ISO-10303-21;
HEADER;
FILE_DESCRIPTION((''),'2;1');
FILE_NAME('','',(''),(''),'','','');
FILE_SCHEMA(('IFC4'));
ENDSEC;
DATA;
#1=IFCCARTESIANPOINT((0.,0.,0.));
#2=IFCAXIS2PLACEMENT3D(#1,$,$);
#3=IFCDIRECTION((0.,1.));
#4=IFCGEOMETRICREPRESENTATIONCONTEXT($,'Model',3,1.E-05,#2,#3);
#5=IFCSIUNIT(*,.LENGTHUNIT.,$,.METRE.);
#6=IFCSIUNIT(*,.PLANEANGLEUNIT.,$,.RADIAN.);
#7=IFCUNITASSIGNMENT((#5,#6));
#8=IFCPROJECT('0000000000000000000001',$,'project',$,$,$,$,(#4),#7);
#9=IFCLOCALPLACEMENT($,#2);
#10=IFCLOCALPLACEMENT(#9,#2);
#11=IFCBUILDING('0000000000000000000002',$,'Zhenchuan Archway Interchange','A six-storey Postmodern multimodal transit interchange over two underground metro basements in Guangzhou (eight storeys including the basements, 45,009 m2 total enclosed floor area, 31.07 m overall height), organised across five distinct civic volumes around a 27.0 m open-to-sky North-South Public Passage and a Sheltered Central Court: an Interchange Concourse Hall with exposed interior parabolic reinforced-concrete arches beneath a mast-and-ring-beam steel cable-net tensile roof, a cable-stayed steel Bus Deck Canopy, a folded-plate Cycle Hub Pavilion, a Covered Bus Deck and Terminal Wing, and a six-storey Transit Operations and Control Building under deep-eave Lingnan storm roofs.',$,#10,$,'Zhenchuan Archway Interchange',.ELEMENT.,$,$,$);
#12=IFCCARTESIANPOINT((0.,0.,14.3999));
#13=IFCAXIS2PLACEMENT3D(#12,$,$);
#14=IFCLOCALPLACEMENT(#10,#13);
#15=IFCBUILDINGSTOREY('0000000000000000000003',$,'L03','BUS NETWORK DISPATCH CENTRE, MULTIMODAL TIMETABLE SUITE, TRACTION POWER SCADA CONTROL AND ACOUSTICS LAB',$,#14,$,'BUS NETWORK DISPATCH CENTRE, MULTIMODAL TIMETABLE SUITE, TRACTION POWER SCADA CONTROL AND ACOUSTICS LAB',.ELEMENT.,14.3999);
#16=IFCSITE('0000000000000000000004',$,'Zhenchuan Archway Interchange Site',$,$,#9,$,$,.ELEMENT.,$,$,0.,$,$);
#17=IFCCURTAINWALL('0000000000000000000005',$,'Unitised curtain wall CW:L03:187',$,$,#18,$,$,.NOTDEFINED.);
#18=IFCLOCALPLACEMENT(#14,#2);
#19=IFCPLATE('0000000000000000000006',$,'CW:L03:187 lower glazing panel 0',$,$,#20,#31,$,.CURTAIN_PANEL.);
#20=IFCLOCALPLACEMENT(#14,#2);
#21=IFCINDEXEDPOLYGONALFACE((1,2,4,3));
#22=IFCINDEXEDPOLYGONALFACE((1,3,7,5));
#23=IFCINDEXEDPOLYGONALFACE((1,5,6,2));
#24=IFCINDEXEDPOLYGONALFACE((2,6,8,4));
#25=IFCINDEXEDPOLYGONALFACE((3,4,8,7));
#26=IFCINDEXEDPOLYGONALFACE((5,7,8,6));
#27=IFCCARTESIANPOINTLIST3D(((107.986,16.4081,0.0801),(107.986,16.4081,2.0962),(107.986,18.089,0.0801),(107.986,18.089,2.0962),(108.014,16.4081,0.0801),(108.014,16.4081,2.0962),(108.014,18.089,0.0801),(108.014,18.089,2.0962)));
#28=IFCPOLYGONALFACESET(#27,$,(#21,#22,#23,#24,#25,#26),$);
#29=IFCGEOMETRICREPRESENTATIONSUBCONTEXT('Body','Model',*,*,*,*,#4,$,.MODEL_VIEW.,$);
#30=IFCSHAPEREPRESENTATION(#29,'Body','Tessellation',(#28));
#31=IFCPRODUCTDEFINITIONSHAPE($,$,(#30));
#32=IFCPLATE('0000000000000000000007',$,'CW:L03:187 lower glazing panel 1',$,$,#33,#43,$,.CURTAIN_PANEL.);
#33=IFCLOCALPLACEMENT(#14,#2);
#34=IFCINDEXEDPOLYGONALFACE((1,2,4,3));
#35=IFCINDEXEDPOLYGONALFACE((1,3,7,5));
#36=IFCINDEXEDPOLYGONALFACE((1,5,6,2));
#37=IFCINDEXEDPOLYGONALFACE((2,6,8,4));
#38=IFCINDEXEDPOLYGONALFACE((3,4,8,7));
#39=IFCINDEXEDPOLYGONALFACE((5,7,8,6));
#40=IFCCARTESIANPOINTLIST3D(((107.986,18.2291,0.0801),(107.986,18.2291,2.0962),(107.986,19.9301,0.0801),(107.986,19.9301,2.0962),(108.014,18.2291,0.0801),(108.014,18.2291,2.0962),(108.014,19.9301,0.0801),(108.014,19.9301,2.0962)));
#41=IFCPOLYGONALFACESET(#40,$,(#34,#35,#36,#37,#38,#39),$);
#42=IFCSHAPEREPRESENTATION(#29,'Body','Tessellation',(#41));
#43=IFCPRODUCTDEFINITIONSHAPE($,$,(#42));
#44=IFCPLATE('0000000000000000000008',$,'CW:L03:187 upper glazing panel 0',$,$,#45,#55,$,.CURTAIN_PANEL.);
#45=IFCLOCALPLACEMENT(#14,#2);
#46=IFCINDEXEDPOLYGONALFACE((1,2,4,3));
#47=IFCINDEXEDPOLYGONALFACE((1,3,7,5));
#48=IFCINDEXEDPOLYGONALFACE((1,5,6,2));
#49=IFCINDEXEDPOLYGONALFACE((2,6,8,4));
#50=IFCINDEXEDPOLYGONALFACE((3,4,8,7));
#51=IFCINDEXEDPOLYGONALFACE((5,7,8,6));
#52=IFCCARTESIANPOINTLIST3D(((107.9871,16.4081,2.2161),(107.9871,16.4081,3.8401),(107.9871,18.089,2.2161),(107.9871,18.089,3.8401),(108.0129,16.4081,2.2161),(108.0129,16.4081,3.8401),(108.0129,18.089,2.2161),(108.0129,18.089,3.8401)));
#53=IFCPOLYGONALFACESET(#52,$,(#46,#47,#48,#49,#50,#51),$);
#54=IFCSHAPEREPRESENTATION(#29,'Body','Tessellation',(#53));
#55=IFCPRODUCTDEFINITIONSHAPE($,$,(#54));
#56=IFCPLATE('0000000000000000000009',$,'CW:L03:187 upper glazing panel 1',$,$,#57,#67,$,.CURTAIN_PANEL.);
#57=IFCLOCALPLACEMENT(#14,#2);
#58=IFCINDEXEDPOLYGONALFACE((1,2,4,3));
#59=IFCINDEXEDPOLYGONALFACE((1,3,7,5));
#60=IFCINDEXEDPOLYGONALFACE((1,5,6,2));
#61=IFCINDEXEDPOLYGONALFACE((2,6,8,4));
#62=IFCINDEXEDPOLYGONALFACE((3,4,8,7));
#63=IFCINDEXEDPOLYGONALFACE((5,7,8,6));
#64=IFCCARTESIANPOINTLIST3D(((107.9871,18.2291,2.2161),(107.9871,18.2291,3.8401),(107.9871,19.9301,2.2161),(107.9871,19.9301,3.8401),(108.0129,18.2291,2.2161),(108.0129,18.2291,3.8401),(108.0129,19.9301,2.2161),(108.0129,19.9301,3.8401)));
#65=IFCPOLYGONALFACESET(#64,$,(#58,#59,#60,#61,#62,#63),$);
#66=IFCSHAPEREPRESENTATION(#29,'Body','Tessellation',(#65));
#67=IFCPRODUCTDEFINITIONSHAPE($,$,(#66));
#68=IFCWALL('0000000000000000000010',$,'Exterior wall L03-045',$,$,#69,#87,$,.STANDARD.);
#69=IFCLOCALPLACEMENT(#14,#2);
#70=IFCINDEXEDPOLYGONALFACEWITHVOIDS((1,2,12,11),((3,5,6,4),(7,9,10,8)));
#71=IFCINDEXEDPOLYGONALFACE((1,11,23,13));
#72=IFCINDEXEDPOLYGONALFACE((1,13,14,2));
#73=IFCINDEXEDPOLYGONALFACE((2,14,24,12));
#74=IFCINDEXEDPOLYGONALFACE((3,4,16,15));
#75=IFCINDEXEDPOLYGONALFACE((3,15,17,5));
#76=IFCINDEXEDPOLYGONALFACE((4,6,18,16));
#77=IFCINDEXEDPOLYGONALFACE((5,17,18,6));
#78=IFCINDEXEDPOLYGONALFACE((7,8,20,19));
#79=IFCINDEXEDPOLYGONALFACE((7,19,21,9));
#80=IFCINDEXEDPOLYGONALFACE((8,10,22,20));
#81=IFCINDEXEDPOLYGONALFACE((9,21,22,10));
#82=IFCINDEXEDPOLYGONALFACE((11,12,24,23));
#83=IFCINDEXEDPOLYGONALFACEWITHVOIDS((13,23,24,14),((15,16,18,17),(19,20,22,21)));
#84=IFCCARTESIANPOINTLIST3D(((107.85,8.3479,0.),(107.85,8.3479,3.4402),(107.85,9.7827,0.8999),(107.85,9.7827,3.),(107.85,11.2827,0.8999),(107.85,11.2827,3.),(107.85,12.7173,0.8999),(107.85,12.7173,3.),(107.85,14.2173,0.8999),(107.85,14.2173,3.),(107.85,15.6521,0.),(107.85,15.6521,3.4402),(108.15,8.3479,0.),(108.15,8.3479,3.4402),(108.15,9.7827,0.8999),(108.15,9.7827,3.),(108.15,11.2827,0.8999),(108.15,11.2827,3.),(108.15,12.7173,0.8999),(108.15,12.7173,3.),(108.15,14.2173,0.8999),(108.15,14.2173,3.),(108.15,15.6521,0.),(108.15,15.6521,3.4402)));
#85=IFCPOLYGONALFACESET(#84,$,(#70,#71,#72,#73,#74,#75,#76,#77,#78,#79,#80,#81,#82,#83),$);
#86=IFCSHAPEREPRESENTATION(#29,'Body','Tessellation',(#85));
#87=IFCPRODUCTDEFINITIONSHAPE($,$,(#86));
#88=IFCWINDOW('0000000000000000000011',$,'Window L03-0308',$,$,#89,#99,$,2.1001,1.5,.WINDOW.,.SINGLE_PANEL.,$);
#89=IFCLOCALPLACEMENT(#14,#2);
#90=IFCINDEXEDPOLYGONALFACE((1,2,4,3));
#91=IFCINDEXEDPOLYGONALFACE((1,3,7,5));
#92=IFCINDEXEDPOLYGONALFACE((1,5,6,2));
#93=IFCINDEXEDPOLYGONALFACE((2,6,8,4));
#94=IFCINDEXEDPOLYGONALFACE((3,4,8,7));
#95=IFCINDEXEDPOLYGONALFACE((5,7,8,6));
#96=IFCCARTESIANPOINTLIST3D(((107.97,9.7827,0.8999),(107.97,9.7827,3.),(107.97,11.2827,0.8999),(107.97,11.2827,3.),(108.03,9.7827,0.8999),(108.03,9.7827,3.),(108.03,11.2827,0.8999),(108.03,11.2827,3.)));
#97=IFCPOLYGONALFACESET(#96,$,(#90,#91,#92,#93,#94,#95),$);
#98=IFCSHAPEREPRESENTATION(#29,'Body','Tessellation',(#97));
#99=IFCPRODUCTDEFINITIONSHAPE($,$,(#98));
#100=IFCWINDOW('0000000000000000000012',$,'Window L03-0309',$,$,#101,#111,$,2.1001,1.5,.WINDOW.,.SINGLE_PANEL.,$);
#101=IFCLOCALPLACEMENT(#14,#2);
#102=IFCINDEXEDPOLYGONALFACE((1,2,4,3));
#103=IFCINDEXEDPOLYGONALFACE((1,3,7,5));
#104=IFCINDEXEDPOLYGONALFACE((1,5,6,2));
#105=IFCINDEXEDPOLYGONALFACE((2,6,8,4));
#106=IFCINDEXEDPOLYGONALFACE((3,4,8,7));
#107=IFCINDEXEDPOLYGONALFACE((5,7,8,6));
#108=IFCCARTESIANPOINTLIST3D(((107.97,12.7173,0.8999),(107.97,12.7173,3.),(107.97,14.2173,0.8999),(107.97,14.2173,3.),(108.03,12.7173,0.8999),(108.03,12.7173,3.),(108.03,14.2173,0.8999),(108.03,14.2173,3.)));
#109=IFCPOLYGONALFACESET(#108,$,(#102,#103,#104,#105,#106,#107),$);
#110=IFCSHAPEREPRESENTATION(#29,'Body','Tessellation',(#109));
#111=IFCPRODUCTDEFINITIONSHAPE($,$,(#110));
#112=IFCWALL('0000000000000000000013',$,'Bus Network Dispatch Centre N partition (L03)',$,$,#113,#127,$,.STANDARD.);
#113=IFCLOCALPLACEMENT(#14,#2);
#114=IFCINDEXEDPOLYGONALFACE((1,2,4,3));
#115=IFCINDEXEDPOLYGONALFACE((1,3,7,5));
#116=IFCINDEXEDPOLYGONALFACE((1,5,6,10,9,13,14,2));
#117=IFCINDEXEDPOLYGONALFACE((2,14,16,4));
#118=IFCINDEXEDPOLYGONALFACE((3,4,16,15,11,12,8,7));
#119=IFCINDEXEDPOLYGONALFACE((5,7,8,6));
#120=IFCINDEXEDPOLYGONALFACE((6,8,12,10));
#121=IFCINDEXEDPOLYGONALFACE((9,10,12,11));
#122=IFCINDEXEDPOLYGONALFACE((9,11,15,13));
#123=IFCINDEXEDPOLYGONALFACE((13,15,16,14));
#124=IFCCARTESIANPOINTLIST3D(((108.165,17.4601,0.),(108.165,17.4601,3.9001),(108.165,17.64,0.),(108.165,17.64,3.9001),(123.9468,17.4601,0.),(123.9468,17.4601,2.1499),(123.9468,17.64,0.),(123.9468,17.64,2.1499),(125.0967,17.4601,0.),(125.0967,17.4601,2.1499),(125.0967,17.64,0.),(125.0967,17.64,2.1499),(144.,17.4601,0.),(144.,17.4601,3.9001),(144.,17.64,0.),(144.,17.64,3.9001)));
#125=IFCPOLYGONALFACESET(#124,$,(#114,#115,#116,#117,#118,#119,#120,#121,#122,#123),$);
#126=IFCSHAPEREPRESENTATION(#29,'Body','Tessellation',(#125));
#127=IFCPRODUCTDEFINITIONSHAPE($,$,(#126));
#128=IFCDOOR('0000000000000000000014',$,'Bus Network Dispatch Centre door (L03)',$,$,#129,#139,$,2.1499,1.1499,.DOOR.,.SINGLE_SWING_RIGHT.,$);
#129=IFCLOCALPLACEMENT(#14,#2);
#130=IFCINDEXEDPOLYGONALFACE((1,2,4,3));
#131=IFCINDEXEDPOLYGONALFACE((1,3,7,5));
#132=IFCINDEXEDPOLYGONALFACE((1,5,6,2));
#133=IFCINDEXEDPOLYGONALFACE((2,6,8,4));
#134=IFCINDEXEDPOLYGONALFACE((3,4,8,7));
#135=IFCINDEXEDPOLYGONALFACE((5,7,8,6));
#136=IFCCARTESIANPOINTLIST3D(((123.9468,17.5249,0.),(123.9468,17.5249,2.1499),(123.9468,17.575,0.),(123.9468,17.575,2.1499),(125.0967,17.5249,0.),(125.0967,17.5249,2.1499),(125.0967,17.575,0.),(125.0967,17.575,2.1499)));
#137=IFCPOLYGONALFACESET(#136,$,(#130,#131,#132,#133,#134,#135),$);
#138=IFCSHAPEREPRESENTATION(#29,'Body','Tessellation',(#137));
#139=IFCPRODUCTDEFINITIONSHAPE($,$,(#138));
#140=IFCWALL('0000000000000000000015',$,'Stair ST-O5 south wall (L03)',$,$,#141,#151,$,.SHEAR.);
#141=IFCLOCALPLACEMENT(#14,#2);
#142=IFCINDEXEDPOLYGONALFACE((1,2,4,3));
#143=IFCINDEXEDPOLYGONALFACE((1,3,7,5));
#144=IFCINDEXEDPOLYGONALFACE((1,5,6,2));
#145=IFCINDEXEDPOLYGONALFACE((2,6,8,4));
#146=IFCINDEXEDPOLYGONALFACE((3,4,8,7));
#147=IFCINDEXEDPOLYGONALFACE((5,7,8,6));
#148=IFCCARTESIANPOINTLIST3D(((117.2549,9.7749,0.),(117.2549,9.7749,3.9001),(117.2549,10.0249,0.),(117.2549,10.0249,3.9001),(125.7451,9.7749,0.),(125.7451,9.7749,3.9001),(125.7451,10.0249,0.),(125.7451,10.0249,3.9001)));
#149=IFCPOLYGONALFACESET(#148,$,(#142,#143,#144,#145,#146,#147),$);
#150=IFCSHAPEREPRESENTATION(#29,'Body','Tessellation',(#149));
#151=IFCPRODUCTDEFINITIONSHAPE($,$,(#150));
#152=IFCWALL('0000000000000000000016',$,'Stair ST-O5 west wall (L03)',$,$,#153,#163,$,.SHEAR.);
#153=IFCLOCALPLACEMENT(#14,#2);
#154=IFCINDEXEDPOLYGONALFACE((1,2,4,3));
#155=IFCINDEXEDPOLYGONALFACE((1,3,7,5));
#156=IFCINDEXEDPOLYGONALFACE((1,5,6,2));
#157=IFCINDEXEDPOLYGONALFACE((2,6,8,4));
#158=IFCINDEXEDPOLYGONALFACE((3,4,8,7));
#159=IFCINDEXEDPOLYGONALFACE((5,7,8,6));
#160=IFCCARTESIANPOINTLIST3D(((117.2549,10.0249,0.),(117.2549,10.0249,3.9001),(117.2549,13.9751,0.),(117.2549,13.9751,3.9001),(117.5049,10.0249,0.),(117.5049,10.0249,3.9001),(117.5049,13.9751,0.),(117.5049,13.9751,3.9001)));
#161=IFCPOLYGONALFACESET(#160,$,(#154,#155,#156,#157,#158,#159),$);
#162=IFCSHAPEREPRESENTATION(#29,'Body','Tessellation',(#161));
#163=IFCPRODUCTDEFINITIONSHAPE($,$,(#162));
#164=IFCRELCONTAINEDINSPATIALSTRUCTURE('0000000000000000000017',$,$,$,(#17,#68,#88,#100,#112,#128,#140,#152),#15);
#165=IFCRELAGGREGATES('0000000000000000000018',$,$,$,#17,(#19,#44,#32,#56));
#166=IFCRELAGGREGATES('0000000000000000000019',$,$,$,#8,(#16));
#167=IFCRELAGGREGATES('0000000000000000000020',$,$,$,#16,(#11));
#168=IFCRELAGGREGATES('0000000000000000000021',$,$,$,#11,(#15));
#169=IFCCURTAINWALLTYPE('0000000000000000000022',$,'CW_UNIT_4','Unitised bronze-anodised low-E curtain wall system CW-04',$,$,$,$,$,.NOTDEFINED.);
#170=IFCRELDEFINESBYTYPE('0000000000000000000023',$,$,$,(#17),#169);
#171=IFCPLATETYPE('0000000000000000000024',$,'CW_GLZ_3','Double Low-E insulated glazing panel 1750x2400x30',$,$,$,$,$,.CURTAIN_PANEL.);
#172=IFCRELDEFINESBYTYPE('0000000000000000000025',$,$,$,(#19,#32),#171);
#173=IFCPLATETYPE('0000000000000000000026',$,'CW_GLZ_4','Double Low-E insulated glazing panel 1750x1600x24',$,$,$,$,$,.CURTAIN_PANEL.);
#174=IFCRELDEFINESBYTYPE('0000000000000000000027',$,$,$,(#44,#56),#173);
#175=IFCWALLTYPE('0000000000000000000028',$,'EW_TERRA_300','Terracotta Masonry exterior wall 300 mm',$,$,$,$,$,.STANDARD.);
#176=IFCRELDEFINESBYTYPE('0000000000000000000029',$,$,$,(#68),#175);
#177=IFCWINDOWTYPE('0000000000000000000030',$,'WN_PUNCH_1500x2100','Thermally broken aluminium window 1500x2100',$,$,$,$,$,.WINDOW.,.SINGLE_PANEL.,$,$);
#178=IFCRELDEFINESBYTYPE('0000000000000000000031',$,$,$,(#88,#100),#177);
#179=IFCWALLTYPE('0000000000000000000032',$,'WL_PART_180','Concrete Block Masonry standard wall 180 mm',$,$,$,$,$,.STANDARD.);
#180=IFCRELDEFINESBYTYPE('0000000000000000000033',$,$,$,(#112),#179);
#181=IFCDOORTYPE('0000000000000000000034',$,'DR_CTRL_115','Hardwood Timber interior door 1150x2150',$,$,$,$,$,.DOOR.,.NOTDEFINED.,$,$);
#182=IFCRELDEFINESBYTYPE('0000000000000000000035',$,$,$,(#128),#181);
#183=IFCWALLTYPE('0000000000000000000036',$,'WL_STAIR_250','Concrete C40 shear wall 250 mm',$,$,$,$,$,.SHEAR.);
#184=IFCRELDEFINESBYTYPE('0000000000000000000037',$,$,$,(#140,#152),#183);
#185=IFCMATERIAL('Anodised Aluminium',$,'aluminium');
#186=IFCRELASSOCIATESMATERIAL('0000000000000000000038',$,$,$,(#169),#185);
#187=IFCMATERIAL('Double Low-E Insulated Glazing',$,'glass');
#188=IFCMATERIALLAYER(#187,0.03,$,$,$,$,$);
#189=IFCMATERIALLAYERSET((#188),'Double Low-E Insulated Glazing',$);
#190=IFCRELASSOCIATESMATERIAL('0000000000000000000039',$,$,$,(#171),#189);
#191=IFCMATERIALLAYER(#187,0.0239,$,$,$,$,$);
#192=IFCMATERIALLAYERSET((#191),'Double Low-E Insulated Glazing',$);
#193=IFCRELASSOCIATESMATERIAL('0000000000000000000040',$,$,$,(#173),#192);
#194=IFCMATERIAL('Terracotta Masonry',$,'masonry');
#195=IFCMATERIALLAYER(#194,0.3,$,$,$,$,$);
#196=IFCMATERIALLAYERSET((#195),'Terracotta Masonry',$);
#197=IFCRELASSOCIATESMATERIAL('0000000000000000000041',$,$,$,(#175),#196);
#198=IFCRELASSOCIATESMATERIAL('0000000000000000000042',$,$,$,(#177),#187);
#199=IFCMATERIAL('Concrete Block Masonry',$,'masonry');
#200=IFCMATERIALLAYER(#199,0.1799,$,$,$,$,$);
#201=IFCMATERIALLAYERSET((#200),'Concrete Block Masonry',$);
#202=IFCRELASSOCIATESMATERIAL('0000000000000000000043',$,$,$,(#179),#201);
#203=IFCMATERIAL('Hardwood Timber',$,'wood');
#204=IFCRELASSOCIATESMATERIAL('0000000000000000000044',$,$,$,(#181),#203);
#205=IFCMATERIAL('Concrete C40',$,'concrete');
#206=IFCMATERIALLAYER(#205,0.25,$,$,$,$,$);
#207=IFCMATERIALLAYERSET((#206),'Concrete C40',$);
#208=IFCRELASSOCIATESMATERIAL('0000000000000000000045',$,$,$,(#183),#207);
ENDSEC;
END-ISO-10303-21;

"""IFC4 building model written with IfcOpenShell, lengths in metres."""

from ifc_helpers import new_model, si_unit, direction, frame, frame_2d, origin, origin_2d, place, context, subcontext, project, spatial, rectangle, extrude, material, layer, layer_set, type_object, element, fill, aggregate, save


model = new_model("IFC4")

# Units and contexts
model_context = context("Model", 3, precision=1e-05, world=origin(), true_north=direction((0.0, 1.0)))
body_context = subcontext(model_context, "Body", "Model", "MODEL_VIEW")
ifc_project = project(units=[si_unit("LENGTHUNIT", "METRE"), si_unit("PLANEANGLEUNIT", "RADIAN")], contexts=[model_context])

# Site, building, storey
site_placement = place(None, origin())
site = spatial("IfcSite", under=ifc_project, at=site_placement, Name="Zhenchuan Archway Interchange Site", CompositionType="ELEMENT", RefElevation=0.0)
building_placement = place(site_placement, origin())
building = spatial("IfcBuilding", under=site, at=building_placement, Name="Zhenchuan Archway Interchange", Description="A six-storey Postmodern multimodal transit interchange over two underground metro basements in Guangzhou (eight storeys including the basements, 45,009 m2 total enclosed floor area, 31.07 m overall height), organised across five distinct civic volumes around a 27.0 m open-to-sky North-South Public Passage and a Sheltered Central Court: an Interchange Concourse Hall with exposed interior parabolic reinforced-concrete arches beneath a mast-and-ring-beam steel cable-net tensile roof, a cable-stayed steel Bus Deck Canopy, a folded-plate Cycle Hub Pavilion, a Covered Bus Deck and Terminal Wing, and a six-storey Transit Operations and Control Building under deep-eave Lingnan storm roofs.", LongName="Zhenchuan Archway Interchange", CompositionType="ELEMENT")
storey_placement = place(building_placement, frame((0.0, 0.0, 14.3999)))
storey = spatial("IfcBuildingStorey", under=building, at=storey_placement, Name="L03", Description="BUS NETWORK DISPATCH CENTRE, MULTIMODAL TIMETABLE SUITE, TRACTION POWER SCADA CONTROL AND ACOUSTICS LAB", LongName="BUS NETWORK DISPATCH CENTRE, MULTIMODAL TIMETABLE SUITE, TRACTION POWER SCADA CONTROL AND ACOUSTICS LAB", CompositionType="ELEMENT", Elevation=14.3999)

# Shared definitions
ifc_material_1 = material(Name="Concrete C40", Category="concrete")

# Curtain wall
ifc_material_2 = material(Name="Anodised Aluminium", Category="aluminium")
curtain_wall_type = type_object("IfcCurtainWallType", Name="CW_UNIT_4", Description="Unitised bronze-anodised low-E curtain wall system CW-04", PredefinedType="NOTDEFINED", material=ifc_material_2)
curtain_wall_placement = place(storey_placement, origin())
curtain_wall = element("IfcCurtainWall", 1, at=curtain_wall_placement, inside=storey, type_object=curtain_wall_type, Name="Unitised curtain wall CW:L03:187", PredefinedType="NOTDEFINED")

# Plates
ifc_material_3 = material(Name="Double Low-E Insulated Glazing", Category="glass")
ifc_layer_1 = layer(ifc_material_3, 0.03)
ifc_layer_set_1 = layer_set([ifc_layer_1], Name="Double Low-E Insulated Glazing")
plate_type_1 = type_object("IfcPlateType", Name="CW_GLZ_3", Description="Double Low-E insulated glazing panel 1750x2400x30", PredefinedType="CURTAIN_PANEL", material=ifc_layer_set_1)
plate_1_placement = place(storey_placement, frame((108.0, 17.2485, 0.0801), z_axis=(0.0, 0.0, 1.0), x_axis=(0.0, 1.0, 0.0)))
plate_1 = element("IfcPlate", 2, at=plate_1_placement, type_object=plate_type_1, Name="CW:L03:187 lower glazing panel 0", PredefinedType="CURTAIN_PANEL", context=body_context, shape_type="SweptSolid", body=[
    extrude(rectangle(XDim=1.6809, YDim=0.0281, at=origin_2d()), origin(), (0.0, 0.0, 1.0), 2.0161),
])
plate_2_placement = place(storey_placement, frame((108.0, 19.0796, 0.0801), z_axis=(0.0, 0.0, 1.0), x_axis=(0.0, 1.0, 0.0)))
plate_2 = element("IfcPlate", 3, at=plate_2_placement, type_object=plate_type_1, Name="CW:L03:187 lower glazing panel 1", PredefinedType="CURTAIN_PANEL", context=body_context, shape_type="SweptSolid", body=[
    extrude(rectangle(XDim=1.7009, YDim=0.0281, at=origin_2d()), origin(), (0.0, 0.0, 1.0), 2.0161),
])
ifc_layer_2 = layer(ifc_material_3, 0.0239)
ifc_layer_set_2 = layer_set([ifc_layer_2], Name="Double Low-E Insulated Glazing")
plate_type_2 = type_object("IfcPlateType", Name="CW_GLZ_4", Description="Double Low-E insulated glazing panel 1750x1600x24", PredefinedType="CURTAIN_PANEL", material=ifc_layer_set_2)
plate_3_placement = place(storey_placement, frame((108.0, 17.2485, 2.2161), z_axis=(0.0, 0.0, 1.0), x_axis=(0.0, 1.0, 0.0)))
plate_3 = element("IfcPlate", 4, at=plate_3_placement, type_object=plate_type_2, Name="CW:L03:187 upper glazing panel 0", PredefinedType="CURTAIN_PANEL", context=body_context, shape_type="SweptSolid", body=[
    extrude(rectangle(XDim=1.6809, YDim=0.0259, at=origin_2d()), origin(), (0.0, 0.0, 1.0), 1.624),
])
plate_4_placement = place(storey_placement, frame((108.0, 19.0796, 2.2161), z_axis=(0.0, 0.0, 1.0), x_axis=(0.0, 1.0, 0.0)))
plate_4 = element("IfcPlate", 5, at=plate_4_placement, type_object=plate_type_2, Name="CW:L03:187 upper glazing panel 1", PredefinedType="CURTAIN_PANEL", context=body_context, shape_type="SweptSolid", body=[
    extrude(rectangle(XDim=1.7009, YDim=0.0259, at=origin_2d()), origin(), (0.0, 0.0, 1.0), 1.624),
])
aggregate(curtain_wall, [plate_1, plate_3, plate_2, plate_4])

# Wall, openings, windows
ifc_material_4 = material(Name="Terracotta Masonry", Category="masonry")
ifc_layer_3 = layer(ifc_material_4, 0.3)
ifc_layer_set_3 = layer_set([ifc_layer_3], Name="Terracotta Masonry")
wall_type_1 = type_object("IfcWallType", Name="EW_TERRA_300", Description="Terracotta Masonry exterior wall 300 mm", PredefinedType="STANDARD", material=ifc_layer_set_3)
wall_1_placement = place(storey_placement, frame((108.0, 8.3479, 0.0), z_axis=(0.0, 0.0, 1.0), x_axis=(0.0, 1.0, 0.0)))
wall_1 = element("IfcWall", 6, at=wall_1_placement, inside=storey, type_object=wall_type_1, Name="Exterior wall L03-045", PredefinedType="STANDARD", context=body_context, shape_type="SweptSolid", body=[
    extrude(rectangle(XDim=7.3042, YDim=0.3, at=frame_2d((3.6521, 0.0))), origin(), (0.0, 0.0, 1.0), 3.4402),
])
opening_1_placement = place(wall_1_placement, frame((1.4348, 0.0, 0.8999)))
opening_1 = element("IfcOpeningElement", 7, at=opening_1_placement, cuts=wall_1, PredefinedType="OPENING", context=body_context, shape_type="SweptSolid", body=[
    extrude(rectangle(XDim=1.5, YDim=2.1001, at=frame_2d((0.75, 1.05))), frame((0.0, 0.1621, 0.0), z_axis=(0.0, -1.0, 0.0), x_axis=(1.0, 0.0, 0.0)), (0.0, 0.0, 1.0), 0.324),
])
opening_2_placement = place(wall_1_placement, frame((4.3694, 0.0, 0.8999)))
opening_2 = element("IfcOpeningElement", 8, at=opening_2_placement, cuts=wall_1, PredefinedType="OPENING", context=body_context, shape_type="SweptSolid", body=[
    extrude(rectangle(XDim=1.5, YDim=2.1001, at=frame_2d((0.75, 1.05))), frame((0.0, 0.1621, 0.0), z_axis=(0.0, -1.0, 0.0), x_axis=(1.0, 0.0, 0.0)), (0.0, 0.0, 1.0), 0.324),
])
window_type = type_object("IfcWindowType", Name="WN_PUNCH_1500x2100", Description="Thermally broken aluminium window 1500x2100", PartitioningType="SINGLE_PANEL", PredefinedType="WINDOW", material=ifc_material_3)
window_1_placement = place(opening_1_placement, origin())
window_1 = element("IfcWindow", 9, at=window_1_placement, inside=storey, type_object=window_type, Name="Window L03-0308", OverallHeight=2.1001, OverallWidth=1.5, PartitioningType="SINGLE_PANEL", PredefinedType="WINDOW", context=body_context, shape_type="SweptSolid", body=[
    extrude(rectangle(XDim=1.5, YDim=2.1001, at=frame_2d((0.75, 1.05))), frame((0.0, 0.03, 0.0), z_axis=(0.0, -1.0, 0.0), x_axis=(1.0, 0.0, 0.0)), (0.0, 0.0, 1.0), 0.0601),
])
fill(opening_1, window_1)
window_2_placement = place(opening_2_placement, origin())
window_2 = element("IfcWindow", 10, at=window_2_placement, inside=storey, type_object=window_type, Name="Window L03-0309", OverallHeight=2.1001, OverallWidth=1.5, PartitioningType="SINGLE_PANEL", PredefinedType="WINDOW", context=body_context, shape_type="SweptSolid", body=[
    extrude(rectangle(XDim=1.5, YDim=2.1001, at=frame_2d((0.75, 1.05))), frame((0.0, 0.03, 0.0), z_axis=(0.0, -1.0, 0.0), x_axis=(1.0, 0.0, 0.0)), (0.0, 0.0, 1.0), 0.0601),
])
fill(opening_2, window_2)

# Wall, opening, door
ifc_material_5 = material(Name="Concrete Block Masonry", Category="masonry")
ifc_layer_4 = layer(ifc_material_5, 0.1799)
ifc_layer_set_4 = layer_set([ifc_layer_4], Name="Concrete Block Masonry")
wall_type_2 = type_object("IfcWallType", Name="WL_PART_180", Description="Concrete Block Masonry standard wall 180 mm", PredefinedType="STANDARD", material=ifc_layer_set_4)
wall_2_placement = place(storey_placement, frame((108.165, 17.55, 0.0), z_axis=(0.0, 0.0, 1.0), x_axis=(1.0, 0.0, 0.0)))
wall_2 = element("IfcWall", 11, at=wall_2_placement, inside=storey, type_object=wall_type_2, Name="Bus Network Dispatch Centre N partition (L03)", PredefinedType="STANDARD", context=body_context, shape_type="SweptSolid", body=[
    extrude(rectangle(XDim=35.835, YDim=0.1799, at=frame_2d((17.9175, 0.0))), origin(), (0.0, 0.0, 1.0), 3.9001),
])
opening_3_placement = place(wall_2_placement, frame((15.7817, 0.0, 0.0)))
opening_3 = element("IfcOpeningElement", 12, at=opening_3_placement, cuts=wall_2, PredefinedType="OPENING", context=body_context, shape_type="SweptSolid", body=[
    extrude(rectangle(XDim=1.1499, YDim=2.1499, at=frame_2d((0.575, 1.075))), frame((0.0, 0.1021, 0.0), z_axis=(0.0, -1.0, 0.0), x_axis=(1.0, 0.0, 0.0)), (0.0, 0.0, 1.0), 0.2039),
])
ifc_material_6 = material(Name="Hardwood Timber", Category="wood")
door_type = type_object("IfcDoorType", Name="DR_CTRL_115", Description="Hardwood Timber interior door 1150x2150", OperationType="NOTDEFINED", PredefinedType="DOOR", material=ifc_material_6)
door_placement = place(opening_3_placement, origin())
door = element("IfcDoor", 13, at=door_placement, inside=storey, type_object=door_type, Name="Bus Network Dispatch Centre door (L03)", OperationType="SINGLE_SWING_RIGHT", OverallHeight=2.1499, OverallWidth=1.1499, PredefinedType="DOOR", context=body_context, shape_type="SweptSolid", body=[
    extrude(rectangle(XDim=1.1499, YDim=2.1499, at=frame_2d((0.575, 1.075))), frame((0.0, 0.0249, 0.0), z_axis=(0.0, -1.0, 0.0), x_axis=(1.0, 0.0, 0.0)), (0.0, 0.0, 1.0), 0.05),
])
fill(opening_3, door)

# Walls
ifc_layer_5 = layer(ifc_material_1, 0.25)
ifc_layer_set_5 = layer_set([ifc_layer_5], Name="Concrete C40")
wall_type_3 = type_object("IfcWallType", Name="WL_STAIR_250", Description="Concrete C40 shear wall 250 mm", PredefinedType="SHEAR", material=ifc_layer_set_5)
wall_3_placement = place(storey_placement, frame((117.2549, 9.8999, 0.0), z_axis=(0.0, 0.0, 1.0), x_axis=(1.0, 0.0, 0.0)))
element("IfcWall", 14, at=wall_3_placement, inside=storey, type_object=wall_type_3, Name="Stair ST-O5 south wall (L03)", PredefinedType="SHEAR", context=body_context, shape_type="SweptSolid", body=[
    extrude(rectangle(XDim=8.4902, YDim=0.25, at=frame_2d((4.2451, 0.0))), origin(), (0.0, 0.0, 1.0), 3.9001),
])
wall_4_placement = place(storey_placement, frame((117.3799, 13.9751, 0.0), z_axis=(0.0, 0.0, 1.0), x_axis=(0.0, -1.0, 0.0)))
element("IfcWall", 15, at=wall_4_placement, inside=storey, type_object=wall_type_3, Name="Stair ST-O5 west wall (L03)", PredefinedType="SHEAR", context=body_context, shape_type="SweptSolid", body=[
    extrude(rectangle(XDim=3.9502, YDim=0.25, at=frame_2d((1.9751, 0.0))), origin(), (0.0, 0.0, 1.0), 3.9001),
])

save(model, "model.ifc")
